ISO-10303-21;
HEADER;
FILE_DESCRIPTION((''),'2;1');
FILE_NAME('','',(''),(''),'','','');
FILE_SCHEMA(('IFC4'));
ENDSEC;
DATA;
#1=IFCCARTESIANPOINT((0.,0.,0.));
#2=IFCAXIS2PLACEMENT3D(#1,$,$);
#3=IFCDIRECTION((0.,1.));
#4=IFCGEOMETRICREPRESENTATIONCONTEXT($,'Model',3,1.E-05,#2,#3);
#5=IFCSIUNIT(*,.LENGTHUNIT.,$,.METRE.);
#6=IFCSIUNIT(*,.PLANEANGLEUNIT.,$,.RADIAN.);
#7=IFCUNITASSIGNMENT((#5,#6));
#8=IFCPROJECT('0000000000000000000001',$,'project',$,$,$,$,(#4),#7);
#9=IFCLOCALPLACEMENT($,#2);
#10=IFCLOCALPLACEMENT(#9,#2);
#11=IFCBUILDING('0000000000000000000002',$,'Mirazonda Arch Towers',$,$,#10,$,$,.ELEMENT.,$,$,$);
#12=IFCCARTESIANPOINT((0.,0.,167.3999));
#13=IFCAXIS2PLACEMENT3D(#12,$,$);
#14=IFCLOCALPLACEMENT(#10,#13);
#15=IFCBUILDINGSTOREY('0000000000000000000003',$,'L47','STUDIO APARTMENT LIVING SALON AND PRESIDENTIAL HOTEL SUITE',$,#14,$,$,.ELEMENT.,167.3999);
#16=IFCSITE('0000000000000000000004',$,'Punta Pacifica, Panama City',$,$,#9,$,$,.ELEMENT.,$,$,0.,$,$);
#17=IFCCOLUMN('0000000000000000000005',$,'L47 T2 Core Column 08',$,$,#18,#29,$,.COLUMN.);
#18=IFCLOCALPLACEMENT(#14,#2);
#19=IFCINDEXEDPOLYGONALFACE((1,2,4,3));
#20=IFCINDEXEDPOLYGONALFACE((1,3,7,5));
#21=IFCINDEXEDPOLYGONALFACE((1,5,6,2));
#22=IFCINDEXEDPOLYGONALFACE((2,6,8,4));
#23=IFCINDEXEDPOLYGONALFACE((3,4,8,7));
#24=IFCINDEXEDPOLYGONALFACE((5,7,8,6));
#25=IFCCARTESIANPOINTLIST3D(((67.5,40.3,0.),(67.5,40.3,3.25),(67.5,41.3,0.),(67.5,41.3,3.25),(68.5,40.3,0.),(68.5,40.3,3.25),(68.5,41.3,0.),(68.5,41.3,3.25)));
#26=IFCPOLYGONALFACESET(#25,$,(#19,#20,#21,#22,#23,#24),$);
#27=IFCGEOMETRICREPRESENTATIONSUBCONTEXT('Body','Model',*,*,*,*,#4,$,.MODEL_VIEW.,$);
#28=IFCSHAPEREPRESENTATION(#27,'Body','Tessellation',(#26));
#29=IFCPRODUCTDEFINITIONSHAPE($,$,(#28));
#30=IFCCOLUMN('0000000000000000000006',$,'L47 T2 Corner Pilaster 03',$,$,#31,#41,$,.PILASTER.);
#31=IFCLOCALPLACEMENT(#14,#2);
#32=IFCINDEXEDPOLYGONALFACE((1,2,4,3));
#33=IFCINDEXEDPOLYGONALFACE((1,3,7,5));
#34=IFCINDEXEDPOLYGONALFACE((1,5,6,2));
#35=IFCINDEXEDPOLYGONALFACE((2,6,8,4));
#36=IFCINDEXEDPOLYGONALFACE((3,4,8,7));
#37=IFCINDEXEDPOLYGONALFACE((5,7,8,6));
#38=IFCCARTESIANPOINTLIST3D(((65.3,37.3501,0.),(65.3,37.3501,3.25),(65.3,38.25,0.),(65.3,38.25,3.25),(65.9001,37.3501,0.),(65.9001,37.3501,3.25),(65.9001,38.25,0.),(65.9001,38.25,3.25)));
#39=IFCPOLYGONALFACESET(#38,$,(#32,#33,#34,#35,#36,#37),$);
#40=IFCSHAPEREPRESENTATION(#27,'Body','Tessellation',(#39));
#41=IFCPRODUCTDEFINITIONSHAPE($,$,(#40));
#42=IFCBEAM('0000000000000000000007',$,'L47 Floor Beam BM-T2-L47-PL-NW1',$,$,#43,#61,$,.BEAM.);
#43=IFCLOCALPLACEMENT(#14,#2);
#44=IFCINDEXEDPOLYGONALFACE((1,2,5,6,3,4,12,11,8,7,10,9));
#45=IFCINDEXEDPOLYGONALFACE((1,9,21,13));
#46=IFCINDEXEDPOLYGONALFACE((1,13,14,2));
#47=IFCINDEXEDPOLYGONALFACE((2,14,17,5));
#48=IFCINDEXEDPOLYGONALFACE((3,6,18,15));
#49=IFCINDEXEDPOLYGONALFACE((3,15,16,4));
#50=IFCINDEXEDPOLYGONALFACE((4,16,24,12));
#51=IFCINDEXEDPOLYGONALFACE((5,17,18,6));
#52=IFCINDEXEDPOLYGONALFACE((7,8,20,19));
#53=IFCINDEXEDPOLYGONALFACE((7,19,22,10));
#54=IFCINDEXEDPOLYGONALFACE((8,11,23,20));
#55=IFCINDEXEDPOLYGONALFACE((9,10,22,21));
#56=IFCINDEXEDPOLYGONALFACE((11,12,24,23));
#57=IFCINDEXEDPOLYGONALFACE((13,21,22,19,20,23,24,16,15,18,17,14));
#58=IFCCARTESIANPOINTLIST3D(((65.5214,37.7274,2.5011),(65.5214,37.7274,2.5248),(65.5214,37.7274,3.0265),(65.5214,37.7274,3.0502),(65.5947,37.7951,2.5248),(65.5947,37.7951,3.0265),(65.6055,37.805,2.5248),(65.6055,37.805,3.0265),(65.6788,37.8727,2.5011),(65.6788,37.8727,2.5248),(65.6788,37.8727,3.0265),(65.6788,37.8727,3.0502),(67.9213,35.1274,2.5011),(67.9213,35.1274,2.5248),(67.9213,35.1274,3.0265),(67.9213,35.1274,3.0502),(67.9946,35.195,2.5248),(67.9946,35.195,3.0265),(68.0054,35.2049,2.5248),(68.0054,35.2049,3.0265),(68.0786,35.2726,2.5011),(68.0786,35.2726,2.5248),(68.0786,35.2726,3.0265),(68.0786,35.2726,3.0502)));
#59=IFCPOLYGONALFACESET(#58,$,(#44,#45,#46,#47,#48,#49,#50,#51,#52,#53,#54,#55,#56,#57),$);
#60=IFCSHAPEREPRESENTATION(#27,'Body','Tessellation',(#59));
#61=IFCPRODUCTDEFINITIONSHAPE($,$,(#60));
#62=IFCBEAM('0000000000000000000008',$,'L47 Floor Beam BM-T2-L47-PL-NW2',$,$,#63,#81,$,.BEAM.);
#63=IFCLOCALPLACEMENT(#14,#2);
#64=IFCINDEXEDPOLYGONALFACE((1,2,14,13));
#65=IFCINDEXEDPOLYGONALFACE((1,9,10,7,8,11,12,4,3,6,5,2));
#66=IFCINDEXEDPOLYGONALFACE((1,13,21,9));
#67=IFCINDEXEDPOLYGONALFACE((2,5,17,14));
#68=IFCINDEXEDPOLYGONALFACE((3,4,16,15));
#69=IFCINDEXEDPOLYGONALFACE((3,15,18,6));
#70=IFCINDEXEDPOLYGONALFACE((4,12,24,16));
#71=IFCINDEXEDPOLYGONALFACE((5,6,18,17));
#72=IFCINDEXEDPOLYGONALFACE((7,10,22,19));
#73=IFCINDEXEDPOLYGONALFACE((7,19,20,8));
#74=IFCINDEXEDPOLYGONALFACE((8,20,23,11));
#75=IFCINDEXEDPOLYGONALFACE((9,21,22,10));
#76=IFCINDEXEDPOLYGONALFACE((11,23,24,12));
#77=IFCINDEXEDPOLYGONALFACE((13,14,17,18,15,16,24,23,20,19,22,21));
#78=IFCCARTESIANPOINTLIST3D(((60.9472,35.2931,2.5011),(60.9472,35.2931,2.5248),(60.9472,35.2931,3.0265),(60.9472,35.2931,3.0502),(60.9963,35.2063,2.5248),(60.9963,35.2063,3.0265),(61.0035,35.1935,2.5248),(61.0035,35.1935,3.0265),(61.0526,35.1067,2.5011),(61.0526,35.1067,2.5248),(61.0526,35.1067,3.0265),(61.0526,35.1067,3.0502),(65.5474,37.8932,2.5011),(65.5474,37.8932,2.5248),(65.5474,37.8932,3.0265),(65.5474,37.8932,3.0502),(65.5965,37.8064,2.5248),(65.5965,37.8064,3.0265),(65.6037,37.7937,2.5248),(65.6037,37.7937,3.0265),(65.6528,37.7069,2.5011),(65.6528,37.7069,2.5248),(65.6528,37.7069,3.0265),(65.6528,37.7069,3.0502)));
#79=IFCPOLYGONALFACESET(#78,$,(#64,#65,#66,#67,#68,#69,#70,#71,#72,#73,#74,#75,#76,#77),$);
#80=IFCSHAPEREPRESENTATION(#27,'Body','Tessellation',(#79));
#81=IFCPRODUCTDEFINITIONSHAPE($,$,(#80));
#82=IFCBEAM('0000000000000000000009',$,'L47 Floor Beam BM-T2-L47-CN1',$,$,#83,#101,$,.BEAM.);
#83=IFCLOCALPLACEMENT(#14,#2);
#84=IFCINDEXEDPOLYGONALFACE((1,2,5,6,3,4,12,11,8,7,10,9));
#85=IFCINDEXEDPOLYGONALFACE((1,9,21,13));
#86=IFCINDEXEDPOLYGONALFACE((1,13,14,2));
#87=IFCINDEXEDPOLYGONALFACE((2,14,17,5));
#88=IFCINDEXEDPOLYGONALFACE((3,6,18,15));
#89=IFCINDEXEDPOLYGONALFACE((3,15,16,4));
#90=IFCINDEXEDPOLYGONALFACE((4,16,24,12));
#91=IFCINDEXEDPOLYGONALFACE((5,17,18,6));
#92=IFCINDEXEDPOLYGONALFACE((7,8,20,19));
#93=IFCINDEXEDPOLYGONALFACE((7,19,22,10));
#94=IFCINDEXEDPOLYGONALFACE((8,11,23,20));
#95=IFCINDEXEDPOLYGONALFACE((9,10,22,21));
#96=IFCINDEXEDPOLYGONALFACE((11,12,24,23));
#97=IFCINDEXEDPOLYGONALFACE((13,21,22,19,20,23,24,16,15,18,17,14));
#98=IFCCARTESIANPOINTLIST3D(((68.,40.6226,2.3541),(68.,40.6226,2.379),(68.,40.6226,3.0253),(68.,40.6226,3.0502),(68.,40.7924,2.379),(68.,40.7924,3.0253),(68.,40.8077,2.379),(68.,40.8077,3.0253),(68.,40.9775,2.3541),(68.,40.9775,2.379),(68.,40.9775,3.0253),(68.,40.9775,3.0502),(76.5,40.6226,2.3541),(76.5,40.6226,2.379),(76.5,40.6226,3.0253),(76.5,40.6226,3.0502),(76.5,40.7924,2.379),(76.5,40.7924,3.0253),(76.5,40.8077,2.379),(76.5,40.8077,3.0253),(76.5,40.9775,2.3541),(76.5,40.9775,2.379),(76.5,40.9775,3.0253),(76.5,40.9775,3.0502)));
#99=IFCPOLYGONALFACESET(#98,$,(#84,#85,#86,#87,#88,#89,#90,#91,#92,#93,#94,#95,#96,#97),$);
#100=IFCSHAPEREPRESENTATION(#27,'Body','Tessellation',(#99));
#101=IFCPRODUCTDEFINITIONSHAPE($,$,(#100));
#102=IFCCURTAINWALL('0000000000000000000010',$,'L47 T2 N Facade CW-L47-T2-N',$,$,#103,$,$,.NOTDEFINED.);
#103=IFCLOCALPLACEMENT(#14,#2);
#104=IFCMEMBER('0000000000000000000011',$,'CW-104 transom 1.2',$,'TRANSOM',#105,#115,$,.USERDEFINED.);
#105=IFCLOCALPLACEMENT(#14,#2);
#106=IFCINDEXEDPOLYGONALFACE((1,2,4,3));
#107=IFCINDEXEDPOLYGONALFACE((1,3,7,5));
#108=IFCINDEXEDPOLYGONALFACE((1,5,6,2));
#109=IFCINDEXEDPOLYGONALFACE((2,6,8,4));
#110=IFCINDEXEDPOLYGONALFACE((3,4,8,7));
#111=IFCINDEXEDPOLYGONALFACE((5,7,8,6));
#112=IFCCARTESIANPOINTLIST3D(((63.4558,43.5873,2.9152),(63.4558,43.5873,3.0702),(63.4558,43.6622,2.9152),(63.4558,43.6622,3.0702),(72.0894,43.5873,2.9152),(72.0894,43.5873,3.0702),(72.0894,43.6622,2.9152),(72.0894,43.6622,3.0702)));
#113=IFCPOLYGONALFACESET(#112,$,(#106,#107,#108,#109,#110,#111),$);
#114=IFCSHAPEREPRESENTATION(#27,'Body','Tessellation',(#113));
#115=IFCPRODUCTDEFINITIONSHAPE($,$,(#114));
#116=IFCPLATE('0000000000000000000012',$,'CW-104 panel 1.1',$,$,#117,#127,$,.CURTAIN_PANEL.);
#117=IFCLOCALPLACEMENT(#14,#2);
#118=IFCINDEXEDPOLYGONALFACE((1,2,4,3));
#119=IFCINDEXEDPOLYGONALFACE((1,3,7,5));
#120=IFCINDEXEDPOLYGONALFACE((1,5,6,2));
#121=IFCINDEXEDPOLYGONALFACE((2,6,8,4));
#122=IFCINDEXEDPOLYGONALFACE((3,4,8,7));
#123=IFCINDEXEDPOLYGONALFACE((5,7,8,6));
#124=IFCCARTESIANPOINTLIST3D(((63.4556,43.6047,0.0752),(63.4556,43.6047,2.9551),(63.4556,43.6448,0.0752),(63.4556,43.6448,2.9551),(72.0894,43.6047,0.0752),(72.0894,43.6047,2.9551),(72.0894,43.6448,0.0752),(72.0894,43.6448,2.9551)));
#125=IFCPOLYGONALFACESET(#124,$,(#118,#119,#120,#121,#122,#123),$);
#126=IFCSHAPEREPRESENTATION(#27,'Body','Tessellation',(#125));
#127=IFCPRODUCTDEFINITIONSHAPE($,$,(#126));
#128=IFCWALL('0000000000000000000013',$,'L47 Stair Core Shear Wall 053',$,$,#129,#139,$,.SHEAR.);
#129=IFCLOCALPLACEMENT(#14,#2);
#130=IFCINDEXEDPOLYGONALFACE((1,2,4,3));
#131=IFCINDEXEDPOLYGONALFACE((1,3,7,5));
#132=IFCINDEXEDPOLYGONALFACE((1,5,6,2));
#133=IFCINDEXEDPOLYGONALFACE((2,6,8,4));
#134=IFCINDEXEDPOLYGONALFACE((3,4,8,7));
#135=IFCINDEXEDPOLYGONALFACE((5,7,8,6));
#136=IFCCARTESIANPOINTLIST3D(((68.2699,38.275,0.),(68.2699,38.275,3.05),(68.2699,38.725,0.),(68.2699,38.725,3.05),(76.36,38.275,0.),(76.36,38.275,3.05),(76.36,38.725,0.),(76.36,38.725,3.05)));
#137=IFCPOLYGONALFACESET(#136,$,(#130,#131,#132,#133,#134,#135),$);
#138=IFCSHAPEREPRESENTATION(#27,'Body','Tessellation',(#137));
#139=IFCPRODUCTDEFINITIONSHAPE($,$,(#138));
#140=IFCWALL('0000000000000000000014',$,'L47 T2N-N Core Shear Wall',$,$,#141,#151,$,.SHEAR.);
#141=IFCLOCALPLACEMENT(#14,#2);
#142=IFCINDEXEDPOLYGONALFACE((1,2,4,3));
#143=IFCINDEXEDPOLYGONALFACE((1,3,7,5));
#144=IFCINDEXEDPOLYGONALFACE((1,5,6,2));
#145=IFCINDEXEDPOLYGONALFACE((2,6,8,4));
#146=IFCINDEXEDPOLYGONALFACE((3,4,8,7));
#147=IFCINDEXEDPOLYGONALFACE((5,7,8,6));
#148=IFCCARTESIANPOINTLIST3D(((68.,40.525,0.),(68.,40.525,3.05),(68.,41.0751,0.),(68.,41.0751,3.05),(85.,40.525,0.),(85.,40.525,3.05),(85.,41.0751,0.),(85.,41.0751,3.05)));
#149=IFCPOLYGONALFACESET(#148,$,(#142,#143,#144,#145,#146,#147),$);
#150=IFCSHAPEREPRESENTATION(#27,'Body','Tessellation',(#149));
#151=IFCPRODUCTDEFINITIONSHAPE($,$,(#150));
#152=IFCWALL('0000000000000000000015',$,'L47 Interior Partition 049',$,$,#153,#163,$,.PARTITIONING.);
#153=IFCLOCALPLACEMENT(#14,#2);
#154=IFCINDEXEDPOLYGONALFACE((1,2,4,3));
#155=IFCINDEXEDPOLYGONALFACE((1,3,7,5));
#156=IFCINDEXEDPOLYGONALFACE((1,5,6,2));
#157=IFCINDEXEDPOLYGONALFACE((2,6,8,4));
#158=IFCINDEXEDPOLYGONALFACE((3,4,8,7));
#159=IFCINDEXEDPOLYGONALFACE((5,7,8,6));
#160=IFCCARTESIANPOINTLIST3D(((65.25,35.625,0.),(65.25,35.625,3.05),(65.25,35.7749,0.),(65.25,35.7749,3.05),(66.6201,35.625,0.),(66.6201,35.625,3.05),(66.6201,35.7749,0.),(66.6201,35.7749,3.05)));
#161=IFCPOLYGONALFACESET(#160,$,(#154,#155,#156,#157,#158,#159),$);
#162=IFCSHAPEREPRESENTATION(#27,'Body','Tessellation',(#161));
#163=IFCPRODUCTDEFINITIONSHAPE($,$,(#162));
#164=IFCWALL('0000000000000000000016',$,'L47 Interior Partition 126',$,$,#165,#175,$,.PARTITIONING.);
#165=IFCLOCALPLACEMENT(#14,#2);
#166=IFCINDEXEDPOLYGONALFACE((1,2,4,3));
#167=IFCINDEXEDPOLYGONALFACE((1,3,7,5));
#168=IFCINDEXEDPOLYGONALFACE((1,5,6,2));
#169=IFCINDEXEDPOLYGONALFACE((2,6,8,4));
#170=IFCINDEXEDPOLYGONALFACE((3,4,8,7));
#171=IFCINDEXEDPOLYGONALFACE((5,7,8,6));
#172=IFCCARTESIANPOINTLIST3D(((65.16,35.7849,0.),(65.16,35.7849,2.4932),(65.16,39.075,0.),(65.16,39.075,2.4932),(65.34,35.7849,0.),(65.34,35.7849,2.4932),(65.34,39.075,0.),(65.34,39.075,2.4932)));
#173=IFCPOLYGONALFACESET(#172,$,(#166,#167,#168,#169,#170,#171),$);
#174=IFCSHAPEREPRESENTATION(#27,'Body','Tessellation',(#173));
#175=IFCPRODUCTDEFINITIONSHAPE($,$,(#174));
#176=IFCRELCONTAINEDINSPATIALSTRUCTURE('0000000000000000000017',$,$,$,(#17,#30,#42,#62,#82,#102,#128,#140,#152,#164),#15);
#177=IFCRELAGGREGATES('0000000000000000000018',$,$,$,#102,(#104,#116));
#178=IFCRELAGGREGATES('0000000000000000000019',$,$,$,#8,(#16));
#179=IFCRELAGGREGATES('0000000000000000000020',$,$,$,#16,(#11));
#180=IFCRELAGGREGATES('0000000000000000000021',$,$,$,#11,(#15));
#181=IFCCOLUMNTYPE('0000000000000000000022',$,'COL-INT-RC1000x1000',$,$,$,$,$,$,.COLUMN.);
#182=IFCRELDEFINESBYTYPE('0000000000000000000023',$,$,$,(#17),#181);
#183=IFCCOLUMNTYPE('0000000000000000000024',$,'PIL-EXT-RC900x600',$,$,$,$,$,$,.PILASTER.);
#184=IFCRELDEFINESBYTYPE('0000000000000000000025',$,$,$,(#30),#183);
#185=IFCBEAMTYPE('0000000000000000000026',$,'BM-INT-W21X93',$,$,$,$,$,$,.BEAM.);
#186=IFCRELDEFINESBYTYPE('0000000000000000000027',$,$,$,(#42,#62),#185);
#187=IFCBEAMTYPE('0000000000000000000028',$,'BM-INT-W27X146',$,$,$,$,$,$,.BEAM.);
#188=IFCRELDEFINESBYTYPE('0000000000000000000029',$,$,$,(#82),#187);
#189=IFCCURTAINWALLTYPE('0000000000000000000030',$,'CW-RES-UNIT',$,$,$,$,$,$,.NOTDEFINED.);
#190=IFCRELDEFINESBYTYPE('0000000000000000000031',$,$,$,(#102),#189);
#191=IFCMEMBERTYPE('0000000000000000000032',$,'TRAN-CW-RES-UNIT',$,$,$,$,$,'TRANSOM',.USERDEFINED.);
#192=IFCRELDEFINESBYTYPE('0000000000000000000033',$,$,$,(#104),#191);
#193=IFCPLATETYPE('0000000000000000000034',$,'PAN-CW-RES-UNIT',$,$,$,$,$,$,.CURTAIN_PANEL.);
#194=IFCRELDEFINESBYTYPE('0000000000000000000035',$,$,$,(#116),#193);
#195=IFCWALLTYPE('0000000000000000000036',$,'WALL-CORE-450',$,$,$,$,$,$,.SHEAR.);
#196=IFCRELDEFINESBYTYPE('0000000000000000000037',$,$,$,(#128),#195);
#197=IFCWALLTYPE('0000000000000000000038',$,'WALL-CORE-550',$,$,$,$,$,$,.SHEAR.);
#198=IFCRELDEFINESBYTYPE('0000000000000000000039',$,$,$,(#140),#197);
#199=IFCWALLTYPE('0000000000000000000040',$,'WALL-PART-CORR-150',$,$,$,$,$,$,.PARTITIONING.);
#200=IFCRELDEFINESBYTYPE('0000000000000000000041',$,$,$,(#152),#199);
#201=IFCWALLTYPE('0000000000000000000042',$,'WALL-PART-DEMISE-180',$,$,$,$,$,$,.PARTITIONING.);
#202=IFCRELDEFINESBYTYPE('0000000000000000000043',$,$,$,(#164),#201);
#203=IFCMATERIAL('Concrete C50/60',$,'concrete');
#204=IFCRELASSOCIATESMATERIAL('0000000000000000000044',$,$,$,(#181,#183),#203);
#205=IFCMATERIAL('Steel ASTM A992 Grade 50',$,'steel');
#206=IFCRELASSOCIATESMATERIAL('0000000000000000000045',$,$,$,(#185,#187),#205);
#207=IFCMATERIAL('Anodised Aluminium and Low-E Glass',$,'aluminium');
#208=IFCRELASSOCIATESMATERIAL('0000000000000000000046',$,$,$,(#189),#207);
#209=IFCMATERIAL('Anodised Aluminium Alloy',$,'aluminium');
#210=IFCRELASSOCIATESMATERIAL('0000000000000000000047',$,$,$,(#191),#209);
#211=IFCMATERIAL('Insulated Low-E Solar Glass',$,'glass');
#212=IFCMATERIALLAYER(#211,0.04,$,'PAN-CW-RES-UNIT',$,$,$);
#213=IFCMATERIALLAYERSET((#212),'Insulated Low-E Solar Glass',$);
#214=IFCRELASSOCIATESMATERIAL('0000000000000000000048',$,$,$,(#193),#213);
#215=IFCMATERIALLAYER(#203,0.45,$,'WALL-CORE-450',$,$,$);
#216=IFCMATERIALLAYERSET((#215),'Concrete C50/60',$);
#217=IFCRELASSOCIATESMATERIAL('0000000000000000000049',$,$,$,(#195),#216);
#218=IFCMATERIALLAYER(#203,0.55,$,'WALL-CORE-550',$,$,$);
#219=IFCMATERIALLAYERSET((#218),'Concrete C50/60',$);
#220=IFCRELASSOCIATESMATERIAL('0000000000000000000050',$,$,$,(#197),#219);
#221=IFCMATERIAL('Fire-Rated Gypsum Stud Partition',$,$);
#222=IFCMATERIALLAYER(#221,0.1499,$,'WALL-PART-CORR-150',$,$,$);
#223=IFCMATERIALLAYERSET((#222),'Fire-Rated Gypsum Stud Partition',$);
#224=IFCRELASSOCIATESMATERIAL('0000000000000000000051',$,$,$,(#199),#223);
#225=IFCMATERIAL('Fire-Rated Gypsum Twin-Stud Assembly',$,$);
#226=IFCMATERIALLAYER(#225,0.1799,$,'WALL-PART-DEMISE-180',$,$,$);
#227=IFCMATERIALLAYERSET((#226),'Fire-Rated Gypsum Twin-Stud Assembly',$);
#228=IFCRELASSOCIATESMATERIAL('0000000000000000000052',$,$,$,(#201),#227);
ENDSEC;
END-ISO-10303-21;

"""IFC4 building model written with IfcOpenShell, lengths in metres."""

from ifc_helpers import new_model, si_unit, direction, frame, frame_2d, origin, origin_2d, place, context, subcontext, project, spatial, rectangle, i_section, extrude, material, layer, layer_set, material_profile, profile_set, type_object, element, aggregate, save


model = new_model("IFC4")

# Units and contexts
model_context = context("Model", 3, precision=1e-05, world=origin(), true_north=direction((0.0, 1.0)))
body_context = subcontext(model_context, "Body", "Model", "MODEL_VIEW")
ifc_project = project(units=[si_unit("LENGTHUNIT", "METRE"), si_unit("PLANEANGLEUNIT", "RADIAN")], contexts=[model_context])

# Site, building, storey
site_placement = place(None, origin())
site = spatial("IfcSite", under=ifc_project, at=site_placement, Name="Punta Pacifica, Panama City", CompositionType="ELEMENT", RefElevation=0.0)
building_placement = place(site_placement, origin())
building = spatial("IfcBuilding", under=site, at=building_placement, Name="Mirazonda Arch Towers", CompositionType="ELEMENT")
storey_placement = place(building_placement, frame((0.0, 0.0, 167.3999)))
storey = spatial("IfcBuildingStorey", under=building, at=storey_placement, Name="L47", Description="STUDIO APARTMENT LIVING SALON AND PRESIDENTIAL HOTEL SUITE", CompositionType="ELEMENT", Elevation=167.3999)

# Columns
ifc_material_1 = material(Name="Concrete C50/60", Category="concrete")
ifc_material_profile_1 = material_profile(ifc_material_1, rectangle(XDim=1.0, YDim=1.0, at=origin_2d()), Name="RC1000x1000")
ifc_profile_set_1 = profile_set([ifc_material_profile_1], Name="Concrete C50/60")
column_type_1 = type_object("IfcColumnType", Name="COL-INT-RC1000x1000", PredefinedType="COLUMN", material=ifc_profile_set_1)
column_1_placement = place(storey_placement, frame((68.0, 40.8, 0.0), z_axis=(0.0, 0.0, 1.0), x_axis=(1.0, 0.0, 0.0)))
element("IfcColumn", 1, at=column_1_placement, inside=storey, type_object=column_type_1, Name="L47 T2 Core Column 08", PredefinedType="COLUMN", context=body_context, shape_type="SweptSolid", body=[
    extrude(rectangle(XDim=1.0, YDim=1.0, at=origin_2d()), origin(), (0.0, 0.0, 1.0), 3.25),
])
ifc_material_profile_2 = material_profile(ifc_material_1, rectangle(XDim=0.6001, YDim=0.8999, at=origin_2d()), Name="RC900x600")
ifc_profile_set_2 = profile_set([ifc_material_profile_2], Name="Concrete C50/60")
column_type_2 = type_object("IfcColumnType", Name="PIL-EXT-RC900x600", PredefinedType="PILASTER", material=ifc_profile_set_2)
column_2_placement = place(storey_placement, frame((65.6001, 37.8, 0.0), z_axis=(0.0, 0.0, 1.0), x_axis=(1.0, 0.0, 0.0)))
element("IfcColumn", 2, at=column_2_placement, inside=storey, type_object=column_type_2, Name="L47 T2 Corner Pilaster 03", PredefinedType="PILASTER", context=body_context, shape_type="SweptSolid", body=[
    extrude(rectangle(XDim=0.6001, YDim=0.8999, at=origin_2d()), origin(), (0.0, 0.0, 1.0), 3.25),
])

# Beams
ifc_material_2 = material(Name="Steel ASTM A992 Grade 50", Category="steel")
ifc_material_profile_3 = material_profile(ifc_material_2, i_section(OverallWidth=0.2141, OverallDepth=0.5491, WebThickness=0.0146, FlangeThickness=0.0237, at=origin_2d()), Name="W21X93")
ifc_profile_set_3 = profile_set([ifc_material_profile_3], Name="Steel ASTM A992 Grade 50")
beam_type_1 = type_object("IfcBeamType", Name="BM-INT-W21X93", PredefinedType="BEAM", material=ifc_profile_set_3)
beam_1_placement = place(storey_placement, frame((65.6001, 37.8, 2.7756), z_axis=(0.678251, -0.73483, 0.0), x_axis=(0.73483, 0.678251, 0.0)))
element("IfcBeam", 3, at=beam_1_placement, inside=storey, type_object=beam_type_1, Name="L47 Floor Beam BM-T2-L47-PL-NW1", PredefinedType="BEAM", context=body_context, shape_type="SweptSolid", body=[
    extrude(i_section(OverallWidth=0.2141, OverallDepth=0.5491, WebThickness=0.0146, FlangeThickness=0.0237, at=origin_2d()), origin(), (0.0, 0.0, 1.0), 3.5383),
])
beam_2_placement = place(storey_placement, frame((65.6001, 37.8, 2.7756), z_axis=(-0.870559, -0.492063, 0.0), x_axis=(0.492063, -0.870559, 0.0)))
element("IfcBeam", 4, at=beam_2_placement, inside=storey, type_object=beam_type_1, Name="L47 Floor Beam BM-T2-L47-PL-NW2", PredefinedType="BEAM", context=body_context, shape_type="SweptSolid", body=[
    extrude(i_section(OverallWidth=0.2141, OverallDepth=0.5491, WebThickness=0.0146, FlangeThickness=0.0237, at=origin_2d()), origin(), (0.0, 0.0, 1.0), 5.2842),
])
ifc_material_profile_4 = material_profile(ifc_material_2, i_section(OverallWidth=0.355, OverallDepth=0.696, WebThickness=0.0154, FlangeThickness=0.0249, at=origin_2d()), Name="W27X146")
ifc_profile_set_4 = profile_set([ifc_material_profile_4], Name="Steel ASTM A992 Grade 50")
beam_type_2 = type_object("IfcBeamType", Name="BM-INT-W27X146", PredefinedType="BEAM", material=ifc_profile_set_4)
beam_3_placement = place(storey_placement, frame((68.0, 40.8, 2.7021), z_axis=(1.0, 0.0, 0.0), x_axis=(0.0, 1.0, 0.0)))
element("IfcBeam", 5, at=beam_3_placement, inside=storey, type_object=beam_type_2, Name="L47 Floor Beam BM-T2-L47-CN1", PredefinedType="BEAM", context=body_context, shape_type="SweptSolid", body=[
    extrude(i_section(OverallWidth=0.355, OverallDepth=0.696, WebThickness=0.0154, FlangeThickness=0.0249, at=origin_2d()), origin(), (0.0, 0.0, 1.0), 8.5),
])

# Curtain wall, member, plate
ifc_material_3 = material(Name="Anodised Aluminium and Low-E Glass", Category="aluminium")
curtain_wall_type = type_object("IfcCurtainWallType", Name="CW-RES-UNIT", PredefinedType="NOTDEFINED", material=ifc_material_3)
curtain_wall_placement = place(storey_placement, origin())
curtain_wall = element("IfcCurtainWall", 6, at=curtain_wall_placement, inside=storey, type_object=curtain_wall_type, Name="L47 T2 N Facade CW-L47-T2-N", PredefinedType="NOTDEFINED")
ifc_material_4 = material(Name="Anodised Aluminium Alloy", Category="aluminium")
ifc_material_profile_5 = material_profile(ifc_material_4, rectangle(XDim=0.075, YDim=0.155, at=origin_2d()), Name="ALU-TRAN-75x155")
ifc_profile_set_5 = profile_set([ifc_material_profile_5], Name="Anodised Aluminium Alloy")
member_type = type_object("IfcMemberType", Name="TRAN-CW-RES-UNIT", ElementType="TRANSOM", PredefinedType="USERDEFINED", material=ifc_profile_set_5)
member_placement = place(storey_placement, frame((63.4558, 43.6248, 2.9927), z_axis=(1.0, 0.0, 0.0), x_axis=(0.0, 1.0, 0.0)))
member = element("IfcMember", 7, at=member_placement, type_object=member_type, Name="CW-104 transom 1.2", ObjectType="TRANSOM", PredefinedType="USERDEFINED", context=body_context, shape_type="SweptSolid", body=[
    extrude(rectangle(XDim=0.075, YDim=0.155, at=origin_2d()), origin(), (0.0, 0.0, 1.0), 8.6335),
])
ifc_material_5 = material(Name="Insulated Low-E Solar Glass", Category="glass")
ifc_layer_1 = layer(ifc_material_5, 0.04, Name="PAN-CW-RES-UNIT")
ifc_layer_set_1 = layer_set([ifc_layer_1], Name="Insulated Low-E Solar Glass")
plate_type = type_object("IfcPlateType", Name="PAN-CW-RES-UNIT", PredefinedType="CURTAIN_PANEL", material=ifc_layer_set_1)
plate_placement = place(storey_placement, frame((67.7725, 43.6248, 0.0752), z_axis=(0.0, 0.0, 1.0), x_axis=(1.0, 0.0, 0.0)))
plate = element("IfcPlate", 8, at=plate_placement, type_object=plate_type, Name="CW-104 panel 1.1", PredefinedType="CURTAIN_PANEL", context=body_context, shape_type="SweptSolid", body=[
    extrude(rectangle(XDim=8.6338, YDim=0.04, at=origin_2d()), origin(), (0.0, 0.0, 1.0), 2.8799),
])
aggregate(curtain_wall, [member, plate])

# Walls
ifc_layer_2 = layer(ifc_material_1, 0.45, Name="WALL-CORE-450")
ifc_layer_set_2 = layer_set([ifc_layer_2], Name="Concrete C50/60")
wall_type_1 = type_object("IfcWallType", Name="WALL-CORE-450", PredefinedType="SHEAR", material=ifc_layer_set_2)
wall_1_placement = place(storey_placement, frame((68.27, 38.5, 0.0), z_axis=(0.0, 0.0, 1.0), x_axis=(1.0, 0.0, 0.0)))
element("IfcWall", 9, at=wall_1_placement, inside=storey, type_object=wall_type_1, Name="L47 Stair Core Shear Wall 053", PredefinedType="SHEAR", context=body_context, shape_type="SweptSolid", body=[
    extrude(rectangle(XDim=8.0901, YDim=0.45, at=frame_2d((4.0449, 0.0))), origin(), (0.0, 0.0, 1.0), 3.05),
])
ifc_layer_3 = layer(ifc_material_1, 0.55, Name="WALL-CORE-550")
ifc_layer_set_3 = layer_set([ifc_layer_3], Name="Concrete C50/60")
wall_type_2 = type_object("IfcWallType", Name="WALL-CORE-550", PredefinedType="SHEAR", material=ifc_layer_set_3)
wall_2_placement = place(storey_placement, frame((68.0, 40.8, 0.0), z_axis=(0.0, 0.0, 1.0), x_axis=(1.0, 0.0, 0.0)))
element("IfcWall", 10, at=wall_2_placement, inside=storey, type_object=wall_type_2, Name="L47 T2N-N Core Shear Wall", PredefinedType="SHEAR", context=body_context, shape_type="SweptSolid", body=[
    extrude(rectangle(XDim=17.0, YDim=0.55, at=frame_2d((8.5, 0.0))), origin(), (0.0, 0.0, 1.0), 3.05),
])
ifc_material_6 = material(Name="Fire-Rated Gypsum Stud Partition")
ifc_layer_4 = layer(ifc_material_6, 0.1499, Name="WALL-PART-CORR-150")
ifc_layer_set_4 = layer_set([ifc_layer_4], Name="Fire-Rated Gypsum Stud Partition")
wall_type_3 = type_object("IfcWallType", Name="WALL-PART-CORR-150", PredefinedType="PARTITIONING", material=ifc_layer_set_4)
wall_3_placement = place(storey_placement, frame((65.25, 35.7, 0.0), z_axis=(0.0, 0.0, 1.0), x_axis=(1.0, 0.0, 0.0)))
element("IfcWall", 11, at=wall_3_placement, inside=storey, type_object=wall_type_3, Name="L47 Interior Partition 049", PredefinedType="PARTITIONING", context=body_context, shape_type="SweptSolid", body=[
    extrude(rectangle(XDim=1.3701, YDim=0.1499, at=frame_2d((0.6851, 0.0))), origin(), (0.0, 0.0, 1.0), 3.05),
])
ifc_material_7 = material(Name="Fire-Rated Gypsum Twin-Stud Assembly")
ifc_layer_5 = layer(ifc_material_7, 0.1799, Name="WALL-PART-DEMISE-180")
ifc_layer_set_5 = layer_set([ifc_layer_5], Name="Fire-Rated Gypsum Twin-Stud Assembly")
wall_type_4 = type_object("IfcWallType", Name="WALL-PART-DEMISE-180", PredefinedType="PARTITIONING", material=ifc_layer_set_5)
wall_4_placement = place(storey_placement, frame((65.25, 35.7849, 0.0), z_axis=(0.0, 0.0, 1.0), x_axis=(0.0, 1.0, 0.0)))
element("IfcWall", 12, at=wall_4_placement, inside=storey, type_object=wall_type_4, Name="L47 Interior Partition 126", PredefinedType="PARTITIONING", context=body_context, shape_type="SweptSolid", body=[
    extrude(rectangle(XDim=3.29, YDim=0.1799, at=frame_2d((1.645, 0.0))), origin(), (0.0, 0.0, 1.0), 2.4932),
])

save(model, "model.ifc")
